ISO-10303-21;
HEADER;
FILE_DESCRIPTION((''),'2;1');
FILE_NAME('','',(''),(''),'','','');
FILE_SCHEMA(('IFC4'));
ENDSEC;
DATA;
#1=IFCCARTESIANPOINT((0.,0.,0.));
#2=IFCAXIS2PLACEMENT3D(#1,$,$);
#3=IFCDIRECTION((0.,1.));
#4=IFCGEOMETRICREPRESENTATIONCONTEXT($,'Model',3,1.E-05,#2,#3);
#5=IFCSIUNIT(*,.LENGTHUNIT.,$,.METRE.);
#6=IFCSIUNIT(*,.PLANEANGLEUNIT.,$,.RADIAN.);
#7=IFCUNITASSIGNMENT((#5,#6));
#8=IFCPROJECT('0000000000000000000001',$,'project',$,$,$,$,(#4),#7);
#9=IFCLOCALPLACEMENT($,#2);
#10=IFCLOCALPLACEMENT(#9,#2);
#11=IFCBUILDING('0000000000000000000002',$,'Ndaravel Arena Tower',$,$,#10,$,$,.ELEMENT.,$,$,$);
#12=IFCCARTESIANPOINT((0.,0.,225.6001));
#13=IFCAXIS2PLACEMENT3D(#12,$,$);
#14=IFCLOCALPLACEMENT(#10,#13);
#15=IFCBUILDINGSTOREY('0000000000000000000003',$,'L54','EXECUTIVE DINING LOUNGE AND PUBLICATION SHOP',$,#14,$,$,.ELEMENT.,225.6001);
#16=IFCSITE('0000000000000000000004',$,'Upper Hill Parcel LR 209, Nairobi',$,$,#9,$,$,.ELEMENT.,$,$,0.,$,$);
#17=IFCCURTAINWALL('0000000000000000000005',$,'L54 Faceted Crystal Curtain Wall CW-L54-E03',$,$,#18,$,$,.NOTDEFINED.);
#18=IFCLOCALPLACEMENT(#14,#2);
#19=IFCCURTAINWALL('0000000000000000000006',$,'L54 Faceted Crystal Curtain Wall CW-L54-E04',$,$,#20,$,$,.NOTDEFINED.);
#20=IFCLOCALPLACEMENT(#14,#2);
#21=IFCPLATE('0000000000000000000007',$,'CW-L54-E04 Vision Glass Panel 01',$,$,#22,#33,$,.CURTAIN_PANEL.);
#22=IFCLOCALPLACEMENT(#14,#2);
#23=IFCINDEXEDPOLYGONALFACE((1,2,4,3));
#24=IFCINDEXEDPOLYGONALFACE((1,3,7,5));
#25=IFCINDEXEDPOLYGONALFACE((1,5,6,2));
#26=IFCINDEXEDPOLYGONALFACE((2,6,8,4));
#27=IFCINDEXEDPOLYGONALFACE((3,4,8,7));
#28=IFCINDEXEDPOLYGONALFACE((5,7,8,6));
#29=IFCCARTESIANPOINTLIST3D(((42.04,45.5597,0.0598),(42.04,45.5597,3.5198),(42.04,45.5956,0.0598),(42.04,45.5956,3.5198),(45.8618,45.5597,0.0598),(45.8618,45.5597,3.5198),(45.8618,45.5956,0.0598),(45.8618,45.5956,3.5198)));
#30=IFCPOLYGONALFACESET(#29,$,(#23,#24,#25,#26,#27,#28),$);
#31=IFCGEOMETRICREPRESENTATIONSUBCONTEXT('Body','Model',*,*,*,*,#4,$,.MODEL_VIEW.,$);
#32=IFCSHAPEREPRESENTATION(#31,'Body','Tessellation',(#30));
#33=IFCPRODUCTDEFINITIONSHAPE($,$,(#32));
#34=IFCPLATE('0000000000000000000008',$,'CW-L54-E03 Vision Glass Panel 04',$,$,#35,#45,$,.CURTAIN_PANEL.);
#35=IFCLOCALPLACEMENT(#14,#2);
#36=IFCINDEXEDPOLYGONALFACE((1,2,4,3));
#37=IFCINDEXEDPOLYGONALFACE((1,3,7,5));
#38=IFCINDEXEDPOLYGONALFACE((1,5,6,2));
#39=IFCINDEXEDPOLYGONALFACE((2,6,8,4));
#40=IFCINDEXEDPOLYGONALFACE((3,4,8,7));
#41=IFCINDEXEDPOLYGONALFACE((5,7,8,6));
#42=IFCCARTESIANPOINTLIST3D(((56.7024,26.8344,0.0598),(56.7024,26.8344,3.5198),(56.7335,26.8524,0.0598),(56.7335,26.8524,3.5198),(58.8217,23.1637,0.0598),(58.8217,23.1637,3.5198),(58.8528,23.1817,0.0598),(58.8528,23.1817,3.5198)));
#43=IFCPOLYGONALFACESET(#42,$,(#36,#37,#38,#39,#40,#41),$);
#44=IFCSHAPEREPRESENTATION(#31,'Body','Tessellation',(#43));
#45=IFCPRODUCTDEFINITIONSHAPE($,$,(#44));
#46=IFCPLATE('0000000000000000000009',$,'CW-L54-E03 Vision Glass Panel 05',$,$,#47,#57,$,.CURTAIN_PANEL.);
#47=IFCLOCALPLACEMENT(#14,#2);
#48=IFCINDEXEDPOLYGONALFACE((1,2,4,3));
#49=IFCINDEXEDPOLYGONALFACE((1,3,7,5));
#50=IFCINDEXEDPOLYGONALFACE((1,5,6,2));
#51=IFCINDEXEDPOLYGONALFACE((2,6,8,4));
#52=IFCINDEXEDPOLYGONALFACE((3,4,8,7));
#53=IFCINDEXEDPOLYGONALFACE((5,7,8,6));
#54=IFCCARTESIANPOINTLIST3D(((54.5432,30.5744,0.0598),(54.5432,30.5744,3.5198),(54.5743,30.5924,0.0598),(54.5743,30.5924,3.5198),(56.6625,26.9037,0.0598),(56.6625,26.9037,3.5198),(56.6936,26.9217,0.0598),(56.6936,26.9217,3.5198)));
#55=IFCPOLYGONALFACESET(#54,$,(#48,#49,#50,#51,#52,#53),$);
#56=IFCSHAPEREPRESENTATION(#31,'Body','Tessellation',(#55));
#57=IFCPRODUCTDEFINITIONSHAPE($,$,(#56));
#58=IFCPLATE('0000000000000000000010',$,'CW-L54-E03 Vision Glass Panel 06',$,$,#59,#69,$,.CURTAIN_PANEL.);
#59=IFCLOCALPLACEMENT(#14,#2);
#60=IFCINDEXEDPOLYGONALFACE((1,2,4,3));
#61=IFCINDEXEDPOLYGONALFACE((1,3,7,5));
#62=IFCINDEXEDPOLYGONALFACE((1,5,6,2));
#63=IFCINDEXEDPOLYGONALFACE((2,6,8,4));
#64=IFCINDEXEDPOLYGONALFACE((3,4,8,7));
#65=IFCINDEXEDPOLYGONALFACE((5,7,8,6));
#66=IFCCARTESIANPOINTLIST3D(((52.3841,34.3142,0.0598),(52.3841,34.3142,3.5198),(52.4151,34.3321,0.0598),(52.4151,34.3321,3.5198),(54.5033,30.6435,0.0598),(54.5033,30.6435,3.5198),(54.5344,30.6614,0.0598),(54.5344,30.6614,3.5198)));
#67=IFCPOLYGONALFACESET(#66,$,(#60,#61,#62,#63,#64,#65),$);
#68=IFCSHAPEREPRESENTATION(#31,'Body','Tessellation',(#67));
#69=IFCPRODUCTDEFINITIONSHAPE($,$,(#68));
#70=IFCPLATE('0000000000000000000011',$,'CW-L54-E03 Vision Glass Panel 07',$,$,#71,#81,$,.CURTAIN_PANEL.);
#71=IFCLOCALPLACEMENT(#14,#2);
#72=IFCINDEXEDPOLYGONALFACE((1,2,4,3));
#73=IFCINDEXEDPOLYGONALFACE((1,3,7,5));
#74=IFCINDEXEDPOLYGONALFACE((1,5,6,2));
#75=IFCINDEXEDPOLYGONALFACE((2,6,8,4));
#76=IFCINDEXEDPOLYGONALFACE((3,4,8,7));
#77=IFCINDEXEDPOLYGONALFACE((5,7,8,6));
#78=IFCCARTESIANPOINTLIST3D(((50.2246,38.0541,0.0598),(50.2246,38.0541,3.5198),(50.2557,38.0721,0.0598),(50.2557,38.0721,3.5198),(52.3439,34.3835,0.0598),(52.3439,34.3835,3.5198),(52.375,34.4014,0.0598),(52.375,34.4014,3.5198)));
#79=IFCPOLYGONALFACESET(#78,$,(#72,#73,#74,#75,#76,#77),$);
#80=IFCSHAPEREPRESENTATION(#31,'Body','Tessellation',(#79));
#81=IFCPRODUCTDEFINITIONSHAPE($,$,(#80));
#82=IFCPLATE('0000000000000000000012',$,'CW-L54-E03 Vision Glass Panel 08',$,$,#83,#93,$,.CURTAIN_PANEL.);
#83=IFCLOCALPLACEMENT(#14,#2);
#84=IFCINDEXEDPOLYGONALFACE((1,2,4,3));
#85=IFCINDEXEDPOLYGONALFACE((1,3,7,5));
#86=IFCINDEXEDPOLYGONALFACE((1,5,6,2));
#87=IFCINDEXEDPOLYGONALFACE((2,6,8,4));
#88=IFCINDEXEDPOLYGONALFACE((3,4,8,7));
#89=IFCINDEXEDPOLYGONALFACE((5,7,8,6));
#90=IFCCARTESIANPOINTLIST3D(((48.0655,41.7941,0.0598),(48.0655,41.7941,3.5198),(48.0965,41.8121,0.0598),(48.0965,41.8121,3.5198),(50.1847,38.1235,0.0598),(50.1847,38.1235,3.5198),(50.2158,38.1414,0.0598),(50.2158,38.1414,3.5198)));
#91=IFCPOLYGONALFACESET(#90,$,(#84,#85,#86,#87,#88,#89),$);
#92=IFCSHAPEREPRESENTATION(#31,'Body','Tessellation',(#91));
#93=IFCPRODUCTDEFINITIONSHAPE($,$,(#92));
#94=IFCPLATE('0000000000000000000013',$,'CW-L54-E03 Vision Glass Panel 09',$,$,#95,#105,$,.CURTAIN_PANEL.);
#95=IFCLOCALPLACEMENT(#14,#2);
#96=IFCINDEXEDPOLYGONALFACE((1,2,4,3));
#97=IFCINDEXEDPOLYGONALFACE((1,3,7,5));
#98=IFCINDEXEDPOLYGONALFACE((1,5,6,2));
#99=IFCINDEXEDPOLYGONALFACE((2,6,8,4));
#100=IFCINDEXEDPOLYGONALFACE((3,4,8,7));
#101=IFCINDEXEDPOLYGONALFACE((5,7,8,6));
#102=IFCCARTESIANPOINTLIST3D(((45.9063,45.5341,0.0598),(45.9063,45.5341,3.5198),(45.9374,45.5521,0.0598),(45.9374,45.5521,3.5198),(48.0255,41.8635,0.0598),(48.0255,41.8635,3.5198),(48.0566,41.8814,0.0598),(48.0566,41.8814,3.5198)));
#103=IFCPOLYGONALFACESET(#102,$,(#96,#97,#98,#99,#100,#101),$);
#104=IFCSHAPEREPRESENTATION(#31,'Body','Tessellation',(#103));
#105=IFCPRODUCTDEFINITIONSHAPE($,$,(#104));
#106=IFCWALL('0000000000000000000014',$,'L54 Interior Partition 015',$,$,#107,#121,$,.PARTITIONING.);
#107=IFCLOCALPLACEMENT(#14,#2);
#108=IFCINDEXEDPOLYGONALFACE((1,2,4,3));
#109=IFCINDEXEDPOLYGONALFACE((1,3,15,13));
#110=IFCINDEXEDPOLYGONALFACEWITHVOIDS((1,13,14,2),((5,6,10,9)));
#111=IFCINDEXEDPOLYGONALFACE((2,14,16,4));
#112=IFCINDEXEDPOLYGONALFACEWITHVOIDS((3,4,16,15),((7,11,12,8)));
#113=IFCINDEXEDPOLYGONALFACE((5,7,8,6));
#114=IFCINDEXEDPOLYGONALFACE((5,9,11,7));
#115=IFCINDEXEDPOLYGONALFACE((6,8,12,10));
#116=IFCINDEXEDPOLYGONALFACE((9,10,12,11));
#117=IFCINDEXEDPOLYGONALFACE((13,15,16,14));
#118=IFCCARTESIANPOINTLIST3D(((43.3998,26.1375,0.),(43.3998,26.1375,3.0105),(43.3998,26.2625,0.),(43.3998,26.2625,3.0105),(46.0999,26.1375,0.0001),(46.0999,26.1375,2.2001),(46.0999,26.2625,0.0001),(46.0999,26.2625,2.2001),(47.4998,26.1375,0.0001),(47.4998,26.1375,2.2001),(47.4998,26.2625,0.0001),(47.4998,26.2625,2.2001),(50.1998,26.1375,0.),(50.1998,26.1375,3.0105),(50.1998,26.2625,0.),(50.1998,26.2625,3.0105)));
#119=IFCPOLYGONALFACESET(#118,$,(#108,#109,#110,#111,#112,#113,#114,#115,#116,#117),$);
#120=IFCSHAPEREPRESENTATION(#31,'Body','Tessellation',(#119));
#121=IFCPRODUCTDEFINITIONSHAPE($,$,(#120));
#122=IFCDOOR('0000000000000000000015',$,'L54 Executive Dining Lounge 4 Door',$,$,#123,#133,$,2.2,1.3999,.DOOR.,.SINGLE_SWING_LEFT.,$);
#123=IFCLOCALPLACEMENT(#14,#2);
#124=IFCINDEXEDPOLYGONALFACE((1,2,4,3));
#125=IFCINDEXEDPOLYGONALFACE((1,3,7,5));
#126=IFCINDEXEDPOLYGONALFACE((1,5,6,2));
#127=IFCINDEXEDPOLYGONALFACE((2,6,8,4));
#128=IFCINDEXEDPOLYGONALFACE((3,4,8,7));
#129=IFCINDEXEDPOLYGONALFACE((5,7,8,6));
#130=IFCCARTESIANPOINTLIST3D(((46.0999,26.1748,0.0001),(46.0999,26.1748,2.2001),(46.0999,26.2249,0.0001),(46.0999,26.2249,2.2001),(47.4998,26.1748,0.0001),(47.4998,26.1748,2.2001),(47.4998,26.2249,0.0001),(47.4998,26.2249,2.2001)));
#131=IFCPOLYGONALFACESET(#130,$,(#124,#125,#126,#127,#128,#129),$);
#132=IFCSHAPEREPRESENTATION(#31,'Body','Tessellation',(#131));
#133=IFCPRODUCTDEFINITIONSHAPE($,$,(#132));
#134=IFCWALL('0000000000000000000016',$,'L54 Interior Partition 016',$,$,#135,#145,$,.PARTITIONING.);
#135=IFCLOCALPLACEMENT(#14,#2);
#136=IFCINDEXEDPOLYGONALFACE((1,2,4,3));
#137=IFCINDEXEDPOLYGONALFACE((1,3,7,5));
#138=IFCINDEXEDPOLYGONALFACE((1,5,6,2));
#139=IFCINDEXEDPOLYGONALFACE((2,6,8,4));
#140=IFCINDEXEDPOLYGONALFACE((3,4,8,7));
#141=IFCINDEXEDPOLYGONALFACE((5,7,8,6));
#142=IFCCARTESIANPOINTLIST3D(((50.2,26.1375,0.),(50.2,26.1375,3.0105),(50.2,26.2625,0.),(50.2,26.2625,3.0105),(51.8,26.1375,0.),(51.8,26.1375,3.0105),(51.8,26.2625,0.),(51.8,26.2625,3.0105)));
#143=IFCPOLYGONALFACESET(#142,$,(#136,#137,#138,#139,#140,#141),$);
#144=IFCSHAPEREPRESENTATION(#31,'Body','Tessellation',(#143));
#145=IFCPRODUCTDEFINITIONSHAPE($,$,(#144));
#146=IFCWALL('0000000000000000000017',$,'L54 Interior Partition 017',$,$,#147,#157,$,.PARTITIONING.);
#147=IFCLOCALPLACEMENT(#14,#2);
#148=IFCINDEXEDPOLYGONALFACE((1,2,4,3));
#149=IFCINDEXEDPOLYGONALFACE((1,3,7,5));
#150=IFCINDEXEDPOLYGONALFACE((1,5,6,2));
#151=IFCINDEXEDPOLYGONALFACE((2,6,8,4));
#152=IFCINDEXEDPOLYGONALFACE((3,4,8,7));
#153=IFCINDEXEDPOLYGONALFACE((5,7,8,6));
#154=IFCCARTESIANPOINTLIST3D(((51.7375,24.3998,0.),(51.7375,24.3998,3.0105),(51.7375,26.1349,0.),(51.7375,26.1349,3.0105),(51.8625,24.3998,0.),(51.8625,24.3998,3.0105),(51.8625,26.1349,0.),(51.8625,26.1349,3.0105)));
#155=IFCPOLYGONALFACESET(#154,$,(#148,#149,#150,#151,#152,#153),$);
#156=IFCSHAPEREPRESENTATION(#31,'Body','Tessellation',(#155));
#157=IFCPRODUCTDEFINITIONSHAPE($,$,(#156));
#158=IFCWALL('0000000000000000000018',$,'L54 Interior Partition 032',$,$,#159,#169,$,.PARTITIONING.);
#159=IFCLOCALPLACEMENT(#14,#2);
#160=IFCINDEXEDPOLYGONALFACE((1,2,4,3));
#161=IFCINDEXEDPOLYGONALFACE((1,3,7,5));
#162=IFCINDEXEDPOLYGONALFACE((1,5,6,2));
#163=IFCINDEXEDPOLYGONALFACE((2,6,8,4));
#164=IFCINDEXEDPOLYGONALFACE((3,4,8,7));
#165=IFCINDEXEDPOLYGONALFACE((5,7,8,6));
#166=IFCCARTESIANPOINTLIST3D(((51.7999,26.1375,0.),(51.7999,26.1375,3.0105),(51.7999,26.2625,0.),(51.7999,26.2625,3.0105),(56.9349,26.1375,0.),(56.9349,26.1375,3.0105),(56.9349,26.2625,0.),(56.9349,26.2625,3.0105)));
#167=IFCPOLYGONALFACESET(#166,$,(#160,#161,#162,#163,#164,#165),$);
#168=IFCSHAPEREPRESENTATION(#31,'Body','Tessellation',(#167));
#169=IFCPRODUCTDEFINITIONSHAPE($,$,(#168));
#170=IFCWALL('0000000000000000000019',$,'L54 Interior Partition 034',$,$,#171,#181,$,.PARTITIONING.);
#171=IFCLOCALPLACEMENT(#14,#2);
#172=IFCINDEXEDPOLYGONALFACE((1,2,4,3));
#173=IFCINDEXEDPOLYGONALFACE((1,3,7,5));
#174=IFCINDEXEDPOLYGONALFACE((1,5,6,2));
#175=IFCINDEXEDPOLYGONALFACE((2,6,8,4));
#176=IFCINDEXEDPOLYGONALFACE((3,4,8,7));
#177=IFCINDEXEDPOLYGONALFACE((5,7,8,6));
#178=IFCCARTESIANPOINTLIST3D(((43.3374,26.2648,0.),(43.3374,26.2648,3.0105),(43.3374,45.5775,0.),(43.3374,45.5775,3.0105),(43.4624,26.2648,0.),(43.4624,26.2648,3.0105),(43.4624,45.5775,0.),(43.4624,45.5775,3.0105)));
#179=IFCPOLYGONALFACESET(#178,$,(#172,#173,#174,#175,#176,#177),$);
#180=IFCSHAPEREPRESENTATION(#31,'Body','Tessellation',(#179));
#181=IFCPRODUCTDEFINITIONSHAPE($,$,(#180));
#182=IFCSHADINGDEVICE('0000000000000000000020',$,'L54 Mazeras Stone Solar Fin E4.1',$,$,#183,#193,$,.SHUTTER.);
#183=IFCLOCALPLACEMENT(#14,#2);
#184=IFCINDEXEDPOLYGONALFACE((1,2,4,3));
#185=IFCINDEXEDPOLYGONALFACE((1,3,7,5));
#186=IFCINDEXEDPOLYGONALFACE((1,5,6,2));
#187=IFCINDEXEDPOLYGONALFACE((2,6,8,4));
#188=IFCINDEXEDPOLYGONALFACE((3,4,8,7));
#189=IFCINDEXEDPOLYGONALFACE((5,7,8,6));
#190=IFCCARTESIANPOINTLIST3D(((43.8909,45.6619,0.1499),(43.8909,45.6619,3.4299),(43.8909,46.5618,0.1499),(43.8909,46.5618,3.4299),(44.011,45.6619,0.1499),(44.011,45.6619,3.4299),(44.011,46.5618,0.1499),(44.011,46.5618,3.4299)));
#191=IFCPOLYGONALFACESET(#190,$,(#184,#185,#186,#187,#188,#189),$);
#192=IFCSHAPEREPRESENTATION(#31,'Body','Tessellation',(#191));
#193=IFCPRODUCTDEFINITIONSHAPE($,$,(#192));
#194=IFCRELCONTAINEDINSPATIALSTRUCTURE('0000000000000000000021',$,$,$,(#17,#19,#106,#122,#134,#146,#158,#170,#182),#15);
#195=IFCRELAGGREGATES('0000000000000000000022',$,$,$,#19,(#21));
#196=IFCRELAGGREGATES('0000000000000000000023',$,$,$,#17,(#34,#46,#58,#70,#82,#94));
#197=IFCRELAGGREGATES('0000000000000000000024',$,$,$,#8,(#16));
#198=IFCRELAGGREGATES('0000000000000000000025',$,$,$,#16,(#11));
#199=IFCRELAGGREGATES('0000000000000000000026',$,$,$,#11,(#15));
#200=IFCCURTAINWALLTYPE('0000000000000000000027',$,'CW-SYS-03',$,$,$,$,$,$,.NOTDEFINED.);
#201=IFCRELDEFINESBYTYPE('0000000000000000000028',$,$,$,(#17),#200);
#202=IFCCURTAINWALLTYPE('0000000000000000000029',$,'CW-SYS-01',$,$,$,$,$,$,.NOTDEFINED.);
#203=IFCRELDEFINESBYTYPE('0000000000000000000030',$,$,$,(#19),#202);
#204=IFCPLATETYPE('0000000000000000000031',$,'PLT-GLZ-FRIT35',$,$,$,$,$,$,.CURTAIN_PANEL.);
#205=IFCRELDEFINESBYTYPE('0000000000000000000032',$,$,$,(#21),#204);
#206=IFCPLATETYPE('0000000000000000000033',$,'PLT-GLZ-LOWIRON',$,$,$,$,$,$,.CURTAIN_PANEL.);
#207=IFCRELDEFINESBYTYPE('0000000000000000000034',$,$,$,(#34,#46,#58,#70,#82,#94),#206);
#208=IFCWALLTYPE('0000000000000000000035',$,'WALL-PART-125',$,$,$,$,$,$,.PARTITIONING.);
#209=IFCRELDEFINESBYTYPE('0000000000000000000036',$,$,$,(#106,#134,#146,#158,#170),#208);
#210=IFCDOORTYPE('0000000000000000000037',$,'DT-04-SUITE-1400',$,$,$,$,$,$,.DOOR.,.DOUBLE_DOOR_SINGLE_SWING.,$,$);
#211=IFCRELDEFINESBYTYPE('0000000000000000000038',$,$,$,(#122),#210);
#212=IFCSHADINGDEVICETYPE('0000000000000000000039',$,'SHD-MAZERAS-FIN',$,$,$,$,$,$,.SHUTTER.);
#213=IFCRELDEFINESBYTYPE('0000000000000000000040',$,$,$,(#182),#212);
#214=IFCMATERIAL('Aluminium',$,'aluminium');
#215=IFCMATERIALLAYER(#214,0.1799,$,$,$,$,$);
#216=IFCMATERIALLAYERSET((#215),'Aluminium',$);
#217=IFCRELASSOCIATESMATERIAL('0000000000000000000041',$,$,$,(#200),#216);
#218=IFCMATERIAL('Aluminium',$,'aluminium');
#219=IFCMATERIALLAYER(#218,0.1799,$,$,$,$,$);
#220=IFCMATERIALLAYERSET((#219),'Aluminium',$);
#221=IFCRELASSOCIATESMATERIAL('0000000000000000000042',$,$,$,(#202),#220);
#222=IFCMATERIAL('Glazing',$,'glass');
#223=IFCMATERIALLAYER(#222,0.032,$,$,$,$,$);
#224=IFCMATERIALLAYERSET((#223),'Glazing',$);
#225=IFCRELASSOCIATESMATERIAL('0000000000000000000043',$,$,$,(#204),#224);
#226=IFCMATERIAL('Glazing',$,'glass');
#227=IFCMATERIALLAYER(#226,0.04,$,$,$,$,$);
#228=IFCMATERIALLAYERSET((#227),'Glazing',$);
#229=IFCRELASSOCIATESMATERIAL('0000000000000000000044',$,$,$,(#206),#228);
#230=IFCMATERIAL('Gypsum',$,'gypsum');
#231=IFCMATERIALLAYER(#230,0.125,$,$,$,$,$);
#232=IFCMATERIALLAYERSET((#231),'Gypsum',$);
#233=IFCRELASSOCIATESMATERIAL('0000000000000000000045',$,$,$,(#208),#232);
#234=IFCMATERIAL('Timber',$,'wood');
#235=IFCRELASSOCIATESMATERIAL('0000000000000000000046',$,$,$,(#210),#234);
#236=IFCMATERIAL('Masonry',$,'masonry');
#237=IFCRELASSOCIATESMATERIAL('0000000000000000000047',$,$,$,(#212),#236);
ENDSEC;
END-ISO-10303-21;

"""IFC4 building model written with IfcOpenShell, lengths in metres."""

from ifc_helpers import new_model, si_unit, direction, frame, frame_2d, origin, origin_2d, place, context, subcontext, project, spatial, rectangle, extrude, material, layer, layer_set, type_object, element, fill, aggregate, save


model = new_model("IFC4")

# Units and contexts
model_context = context("Model", 3, precision=1e-05, world=origin(), true_north=direction((0.0, 1.0)))
body_context = subcontext(model_context, "Body", "Model", "MODEL_VIEW")
ifc_project = project(units=[si_unit("LENGTHUNIT", "METRE"), si_unit("PLANEANGLEUNIT", "RADIAN")], contexts=[model_context])

# Site, building, storey
site_placement = place(None, origin())
site = spatial("IfcSite", under=ifc_project, at=site_placement, Name="Upper Hill Parcel LR 209, Nairobi", CompositionType="ELEMENT", RefElevation=0.0)
building_placement = place(site_placement, origin())
building = spatial("IfcBuilding", under=site, at=building_placement, Name="Ndaravel Arena Tower", CompositionType="ELEMENT")
storey_placement = place(building_placement, frame((0.0, 0.0, 225.6001)))
storey = spatial("IfcBuildingStorey", under=building, at=storey_placement, Name="L54", Description="EXECUTIVE DINING LOUNGE AND PUBLICATION SHOP", CompositionType="ELEMENT", Elevation=225.6001)

# Curtain wall
ifc_material_1 = material(Name="Aluminium", Category="aluminium")
ifc_layer_1 = layer(ifc_material_1, 0.1799)
ifc_layer_set_1 = layer_set([ifc_layer_1], Name="Aluminium")
curtain_wall_type_1 = type_object("IfcCurtainWallType", Name="CW-SYS-03", PredefinedType="NOTDEFINED", material=ifc_layer_set_1)
curtain_wall_1_placement = place(storey_placement, origin())
curtain_wall_1 = element("IfcCurtainWall", 1, at=curtain_wall_1_placement, inside=storey, type_object=curtain_wall_type_1, Name="L54 Faceted Crystal Curtain Wall CW-L54-E03", PredefinedType="NOTDEFINED")

# Curtain wall, plate
ifc_material_2 = material(Name="Aluminium", Category="aluminium")
ifc_layer_2 = layer(ifc_material_2, 0.1799)
ifc_layer_set_2 = layer_set([ifc_layer_2], Name="Aluminium")
curtain_wall_type_2 = type_object("IfcCurtainWallType", Name="CW-SYS-01", PredefinedType="NOTDEFINED", material=ifc_layer_set_2)
curtain_wall_2_placement = place(storey_placement, origin())
curtain_wall_2 = element("IfcCurtainWall", 2, at=curtain_wall_2_placement, inside=storey, type_object=curtain_wall_type_2, Name="L54 Faceted Crystal Curtain Wall CW-L54-E04", PredefinedType="NOTDEFINED")
ifc_material_3 = material(Name="Glazing", Category="glass")
ifc_layer_3 = layer(ifc_material_3, 0.032)
ifc_layer_set_3 = layer_set([ifc_layer_3], Name="Glazing")
plate_type_1 = type_object("IfcPlateType", Name="PLT-GLZ-FRIT35", PredefinedType="CURTAIN_PANEL", material=ifc_layer_set_3)
plate_1_placement = place(storey_placement, frame((43.9509, 45.5776, 0.0598), z_axis=(0.0, 0.0, 1.0), x_axis=(-1.0, 0.0, 0.0)))
plate_1 = element("IfcPlate", 3, at=plate_1_placement, type_object=plate_type_1, Name="CW-L54-E04 Vision Glass Panel 01", PredefinedType="CURTAIN_PANEL", context=body_context, shape_type="SweptSolid", body=[
    extrude(rectangle(XDim=3.8218, YDim=0.0359, at=origin_2d()), origin(), (0.0, 0.0, 1.0), 3.46),
])
aggregate(curtain_wall_2, [plate_1])

# Plates
ifc_material_4 = material(Name="Glazing", Category="glass")
ifc_layer_4 = layer(ifc_material_4, 0.04)
ifc_layer_set_4 = layer_set([ifc_layer_4], Name="Glazing")
plate_type_2 = type_object("IfcPlateType", Name="PLT-GLZ-LOWIRON", PredefinedType="CURTAIN_PANEL", material=ifc_layer_set_4)
plate_2_placement = place(storey_placement, frame((57.7776, 25.0081, 0.0598), z_axis=(0.0, 0.0, 1.0), x_axis=(-0.5, 0.866025, 0.0)))
plate_2 = element("IfcPlate", 4, at=plate_2_placement, type_object=plate_type_2, Name="CW-L54-E03 Vision Glass Panel 04", PredefinedType="CURTAIN_PANEL", context=body_context, shape_type="SweptSolid", body=[
    extrude(rectangle(XDim=4.2385, YDim=0.0359, at=origin_2d()), origin(), (0.0, 0.0, 1.0), 3.46),
])
plate_3_placement = place(storey_placement, frame((55.6184, 28.748, 0.0598), z_axis=(0.0, 0.0, 1.0), x_axis=(-0.5, 0.866025, 0.0)))
plate_3 = element("IfcPlate", 5, at=plate_3_placement, type_object=plate_type_2, Name="CW-L54-E03 Vision Glass Panel 05", PredefinedType="CURTAIN_PANEL", context=body_context, shape_type="SweptSolid", body=[
    extrude(rectangle(XDim=4.2385, YDim=0.0359, at=origin_2d()), origin(), (0.0, 0.0, 1.0), 3.46),
])
plate_4_placement = place(storey_placement, frame((53.4592, 32.4878, 0.0598), z_axis=(0.0, 0.0, 1.0), x_axis=(-0.5, 0.866025, 0.0)))
plate_4 = element("IfcPlate", 6, at=plate_4_placement, type_object=plate_type_2, Name="CW-L54-E03 Vision Glass Panel 06", PredefinedType="CURTAIN_PANEL", context=body_context, shape_type="SweptSolid", body=[
    extrude(rectangle(XDim=4.2385, YDim=0.0359, at=origin_2d()), origin(), (0.0, 0.0, 1.0), 3.46),
])
plate_5_placement = place(storey_placement, frame((51.2998, 36.2278, 0.0598), z_axis=(0.0, 0.0, 1.0), x_axis=(-0.5, 0.866025, 0.0)))
plate_5 = element("IfcPlate", 7, at=plate_5_placement, type_object=plate_type_2, Name="CW-L54-E03 Vision Glass Panel 07", PredefinedType="CURTAIN_PANEL", context=body_context, shape_type="SweptSolid", body=[
    extrude(rectangle(XDim=4.2385, YDim=0.0359, at=origin_2d()), origin(), (0.0, 0.0, 1.0), 3.46),
])
plate_6_placement = place(storey_placement, frame((49.1406, 39.9678, 0.0598), z_axis=(0.0, 0.0, 1.0), x_axis=(-0.5, 0.866025, 0.0)))
plate_6 = element("IfcPlate", 8, at=plate_6_placement, type_object=plate_type_2, Name="CW-L54-E03 Vision Glass Panel 08", PredefinedType="CURTAIN_PANEL", context=body_context, shape_type="SweptSolid", body=[
    extrude(rectangle(XDim=4.2385, YDim=0.0359, at=origin_2d()), origin(), (0.0, 0.0, 1.0), 3.46),
])
plate_7_placement = place(storey_placement, frame((46.9814, 43.7078, 0.0598), z_axis=(0.0, 0.0, 1.0), x_axis=(-0.5, 0.866025, 0.0)))
plate_7 = element("IfcPlate", 9, at=plate_7_placement, type_object=plate_type_2, Name="CW-L54-E03 Vision Glass Panel 09", PredefinedType="CURTAIN_PANEL", context=body_context, shape_type="SweptSolid", body=[
    extrude(rectangle(XDim=4.2385, YDim=0.0359, at=origin_2d()), origin(), (0.0, 0.0, 1.0), 3.46),
])
aggregate(curtain_wall_1, [plate_2, plate_3, plate_4, plate_5, plate_6, plate_7])

# Wall, opening, door
ifc_material_5 = material(Name="Gypsum", Category="gypsum")
ifc_layer_5 = layer(ifc_material_5, 0.125)
ifc_layer_set_5 = layer_set([ifc_layer_5], Name="Gypsum")
wall_type = type_object("IfcWallType", Name="WALL-PART-125", PredefinedType="PARTITIONING", material=ifc_layer_set_5)
wall_1_placement = place(storey_placement, frame((43.3999, 26.2, 0.0), z_axis=(0.0, 0.0, 1.0), x_axis=(1.0, 0.0, 0.0)))
wall_1 = element("IfcWall", 10, at=wall_1_placement, inside=storey, type_object=wall_type, Name="L54 Interior Partition 015", PredefinedType="PARTITIONING", context=body_context, shape_type="SweptSolid", body=[
    extrude(rectangle(XDim=6.8, YDim=0.125, at=frame_2d((3.3999, 0.0))), origin(), (0.0, 0.0, 1.0), 3.0105),
])
opening_placement = place(wall_1_placement, frame((2.7, 0.0, 0.0)))
opening = element("IfcOpeningElement", 11, at=opening_placement, cuts=wall_1, PredefinedType="OPENING", context=body_context, shape_type="SweptSolid", body=[
    extrude(rectangle(XDim=1.3999, YDim=2.2, at=frame_2d((0.7, 1.1001))), frame((0.0, 0.0625, 0.0), z_axis=(0.0, -1.0, 0.0), x_axis=(1.0, 0.0, 0.0)), (0.0, 0.0, 1.0), 0.125),
])
ifc_material_6 = material(Name="Timber", Category="wood")
door_type = type_object("IfcDoorType", Name="DT-04-SUITE-1400", OperationType="DOUBLE_DOOR_SINGLE_SWING", PredefinedType="DOOR", material=ifc_material_6)
door_placement = place(opening_placement, origin())
door = element("IfcDoor", 12, at=door_placement, inside=storey, type_object=door_type, Name="L54 Executive Dining Lounge 4 Door", OperationType="SINGLE_SWING_LEFT", OverallHeight=2.2, OverallWidth=1.3999, PredefinedType="DOOR", context=body_context, shape_type="SweptSolid", body=[
    extrude(rectangle(XDim=1.3999, YDim=2.2, at=frame_2d((0.7, 1.1001))), frame((0.0, 0.0249, 0.0), z_axis=(0.0, -1.0, 0.0), x_axis=(1.0, 0.0, 0.0)), (0.0, 0.0, 1.0), 0.05),
])
fill(opening, door)

# Walls
wall_2_placement = place(storey_placement, frame((50.2, 26.2, 0.0), z_axis=(0.0, 0.0, 1.0), x_axis=(1.0, 0.0, 0.0)))
element("IfcWall", 13, at=wall_2_placement, inside=storey, type_object=wall_type, Name="L54 Interior Partition 016", PredefinedType="PARTITIONING", context=body_context, shape_type="SweptSolid", body=[
    extrude(rectangle(XDim=1.6001, YDim=0.125, at=frame_2d((0.8, 0.0))), origin(), (0.0, 0.0, 1.0), 3.0105),
])
wall_3_placement = place(storey_placement, frame((51.8, 26.135, 0.0), z_axis=(0.0, 0.0, 1.0), x_axis=(0.0, -1.0, 0.0)))
element("IfcWall", 14, at=wall_3_placement, inside=storey, type_object=wall_type, Name="L54 Interior Partition 017", PredefinedType="PARTITIONING", context=body_context, shape_type="SweptSolid", body=[
    extrude(rectangle(XDim=1.7351, YDim=0.125, at=frame_2d((0.8677, 0.0))), origin(), (0.0, 0.0, 1.0), 3.0105),
])
wall_4_placement = place(storey_placement, frame((51.8, 26.2, 0.0), z_axis=(0.0, 0.0, 1.0), x_axis=(1.0, 0.0, 0.0)))
element("IfcWall", 15, at=wall_4_placement, inside=storey, type_object=wall_type, Name="L54 Interior Partition 032", PredefinedType="PARTITIONING", context=body_context, shape_type="SweptSolid", body=[
    extrude(rectangle(XDim=5.135, YDim=0.125, at=frame_2d((2.5674, 0.0))), origin(), (0.0, 0.0, 1.0), 3.0105),
])
wall_5_placement = place(storey_placement, frame((43.3999, 26.2649, 0.0), z_axis=(0.0, 0.0, 1.0), x_axis=(0.0, 1.0, 0.0)))
element("IfcWall", 16, at=wall_5_placement, inside=storey, type_object=wall_type, Name="L54 Interior Partition 034", PredefinedType="PARTITIONING", context=body_context, shape_type="SweptSolid", body=[
    extrude(rectangle(XDim=19.3127, YDim=0.125, at=frame_2d((9.6562, 0.0))), origin(), (0.0, 0.0, 1.0), 3.0105),
])

# Shading device
ifc_material_7 = material(Name="Masonry", Category="masonry")
shading_device_type = type_object("IfcShadingDeviceType", Name="SHD-MAZERAS-FIN", PredefinedType="SHUTTER", material=ifc_material_7)
shading_device_placement = place(storey_placement, frame((43.9509, 46.1118, 0.1499), z_axis=(0.0, 0.0, 1.0), x_axis=(0.0, 1.0, 0.0)))
element("IfcShadingDevice", 17, at=shading_device_placement, inside=storey, type_object=shading_device_type, Name="L54 Mazeras Stone Solar Fin E4.1", PredefinedType="SHUTTER", context=body_context, shape_type="SweptSolid", body=[
    extrude(rectangle(XDim=0.8999, YDim=0.1201, at=origin_2d()), origin(), (0.0, 0.0, 1.0), 3.28),
])

save(model, "model.ifc")
